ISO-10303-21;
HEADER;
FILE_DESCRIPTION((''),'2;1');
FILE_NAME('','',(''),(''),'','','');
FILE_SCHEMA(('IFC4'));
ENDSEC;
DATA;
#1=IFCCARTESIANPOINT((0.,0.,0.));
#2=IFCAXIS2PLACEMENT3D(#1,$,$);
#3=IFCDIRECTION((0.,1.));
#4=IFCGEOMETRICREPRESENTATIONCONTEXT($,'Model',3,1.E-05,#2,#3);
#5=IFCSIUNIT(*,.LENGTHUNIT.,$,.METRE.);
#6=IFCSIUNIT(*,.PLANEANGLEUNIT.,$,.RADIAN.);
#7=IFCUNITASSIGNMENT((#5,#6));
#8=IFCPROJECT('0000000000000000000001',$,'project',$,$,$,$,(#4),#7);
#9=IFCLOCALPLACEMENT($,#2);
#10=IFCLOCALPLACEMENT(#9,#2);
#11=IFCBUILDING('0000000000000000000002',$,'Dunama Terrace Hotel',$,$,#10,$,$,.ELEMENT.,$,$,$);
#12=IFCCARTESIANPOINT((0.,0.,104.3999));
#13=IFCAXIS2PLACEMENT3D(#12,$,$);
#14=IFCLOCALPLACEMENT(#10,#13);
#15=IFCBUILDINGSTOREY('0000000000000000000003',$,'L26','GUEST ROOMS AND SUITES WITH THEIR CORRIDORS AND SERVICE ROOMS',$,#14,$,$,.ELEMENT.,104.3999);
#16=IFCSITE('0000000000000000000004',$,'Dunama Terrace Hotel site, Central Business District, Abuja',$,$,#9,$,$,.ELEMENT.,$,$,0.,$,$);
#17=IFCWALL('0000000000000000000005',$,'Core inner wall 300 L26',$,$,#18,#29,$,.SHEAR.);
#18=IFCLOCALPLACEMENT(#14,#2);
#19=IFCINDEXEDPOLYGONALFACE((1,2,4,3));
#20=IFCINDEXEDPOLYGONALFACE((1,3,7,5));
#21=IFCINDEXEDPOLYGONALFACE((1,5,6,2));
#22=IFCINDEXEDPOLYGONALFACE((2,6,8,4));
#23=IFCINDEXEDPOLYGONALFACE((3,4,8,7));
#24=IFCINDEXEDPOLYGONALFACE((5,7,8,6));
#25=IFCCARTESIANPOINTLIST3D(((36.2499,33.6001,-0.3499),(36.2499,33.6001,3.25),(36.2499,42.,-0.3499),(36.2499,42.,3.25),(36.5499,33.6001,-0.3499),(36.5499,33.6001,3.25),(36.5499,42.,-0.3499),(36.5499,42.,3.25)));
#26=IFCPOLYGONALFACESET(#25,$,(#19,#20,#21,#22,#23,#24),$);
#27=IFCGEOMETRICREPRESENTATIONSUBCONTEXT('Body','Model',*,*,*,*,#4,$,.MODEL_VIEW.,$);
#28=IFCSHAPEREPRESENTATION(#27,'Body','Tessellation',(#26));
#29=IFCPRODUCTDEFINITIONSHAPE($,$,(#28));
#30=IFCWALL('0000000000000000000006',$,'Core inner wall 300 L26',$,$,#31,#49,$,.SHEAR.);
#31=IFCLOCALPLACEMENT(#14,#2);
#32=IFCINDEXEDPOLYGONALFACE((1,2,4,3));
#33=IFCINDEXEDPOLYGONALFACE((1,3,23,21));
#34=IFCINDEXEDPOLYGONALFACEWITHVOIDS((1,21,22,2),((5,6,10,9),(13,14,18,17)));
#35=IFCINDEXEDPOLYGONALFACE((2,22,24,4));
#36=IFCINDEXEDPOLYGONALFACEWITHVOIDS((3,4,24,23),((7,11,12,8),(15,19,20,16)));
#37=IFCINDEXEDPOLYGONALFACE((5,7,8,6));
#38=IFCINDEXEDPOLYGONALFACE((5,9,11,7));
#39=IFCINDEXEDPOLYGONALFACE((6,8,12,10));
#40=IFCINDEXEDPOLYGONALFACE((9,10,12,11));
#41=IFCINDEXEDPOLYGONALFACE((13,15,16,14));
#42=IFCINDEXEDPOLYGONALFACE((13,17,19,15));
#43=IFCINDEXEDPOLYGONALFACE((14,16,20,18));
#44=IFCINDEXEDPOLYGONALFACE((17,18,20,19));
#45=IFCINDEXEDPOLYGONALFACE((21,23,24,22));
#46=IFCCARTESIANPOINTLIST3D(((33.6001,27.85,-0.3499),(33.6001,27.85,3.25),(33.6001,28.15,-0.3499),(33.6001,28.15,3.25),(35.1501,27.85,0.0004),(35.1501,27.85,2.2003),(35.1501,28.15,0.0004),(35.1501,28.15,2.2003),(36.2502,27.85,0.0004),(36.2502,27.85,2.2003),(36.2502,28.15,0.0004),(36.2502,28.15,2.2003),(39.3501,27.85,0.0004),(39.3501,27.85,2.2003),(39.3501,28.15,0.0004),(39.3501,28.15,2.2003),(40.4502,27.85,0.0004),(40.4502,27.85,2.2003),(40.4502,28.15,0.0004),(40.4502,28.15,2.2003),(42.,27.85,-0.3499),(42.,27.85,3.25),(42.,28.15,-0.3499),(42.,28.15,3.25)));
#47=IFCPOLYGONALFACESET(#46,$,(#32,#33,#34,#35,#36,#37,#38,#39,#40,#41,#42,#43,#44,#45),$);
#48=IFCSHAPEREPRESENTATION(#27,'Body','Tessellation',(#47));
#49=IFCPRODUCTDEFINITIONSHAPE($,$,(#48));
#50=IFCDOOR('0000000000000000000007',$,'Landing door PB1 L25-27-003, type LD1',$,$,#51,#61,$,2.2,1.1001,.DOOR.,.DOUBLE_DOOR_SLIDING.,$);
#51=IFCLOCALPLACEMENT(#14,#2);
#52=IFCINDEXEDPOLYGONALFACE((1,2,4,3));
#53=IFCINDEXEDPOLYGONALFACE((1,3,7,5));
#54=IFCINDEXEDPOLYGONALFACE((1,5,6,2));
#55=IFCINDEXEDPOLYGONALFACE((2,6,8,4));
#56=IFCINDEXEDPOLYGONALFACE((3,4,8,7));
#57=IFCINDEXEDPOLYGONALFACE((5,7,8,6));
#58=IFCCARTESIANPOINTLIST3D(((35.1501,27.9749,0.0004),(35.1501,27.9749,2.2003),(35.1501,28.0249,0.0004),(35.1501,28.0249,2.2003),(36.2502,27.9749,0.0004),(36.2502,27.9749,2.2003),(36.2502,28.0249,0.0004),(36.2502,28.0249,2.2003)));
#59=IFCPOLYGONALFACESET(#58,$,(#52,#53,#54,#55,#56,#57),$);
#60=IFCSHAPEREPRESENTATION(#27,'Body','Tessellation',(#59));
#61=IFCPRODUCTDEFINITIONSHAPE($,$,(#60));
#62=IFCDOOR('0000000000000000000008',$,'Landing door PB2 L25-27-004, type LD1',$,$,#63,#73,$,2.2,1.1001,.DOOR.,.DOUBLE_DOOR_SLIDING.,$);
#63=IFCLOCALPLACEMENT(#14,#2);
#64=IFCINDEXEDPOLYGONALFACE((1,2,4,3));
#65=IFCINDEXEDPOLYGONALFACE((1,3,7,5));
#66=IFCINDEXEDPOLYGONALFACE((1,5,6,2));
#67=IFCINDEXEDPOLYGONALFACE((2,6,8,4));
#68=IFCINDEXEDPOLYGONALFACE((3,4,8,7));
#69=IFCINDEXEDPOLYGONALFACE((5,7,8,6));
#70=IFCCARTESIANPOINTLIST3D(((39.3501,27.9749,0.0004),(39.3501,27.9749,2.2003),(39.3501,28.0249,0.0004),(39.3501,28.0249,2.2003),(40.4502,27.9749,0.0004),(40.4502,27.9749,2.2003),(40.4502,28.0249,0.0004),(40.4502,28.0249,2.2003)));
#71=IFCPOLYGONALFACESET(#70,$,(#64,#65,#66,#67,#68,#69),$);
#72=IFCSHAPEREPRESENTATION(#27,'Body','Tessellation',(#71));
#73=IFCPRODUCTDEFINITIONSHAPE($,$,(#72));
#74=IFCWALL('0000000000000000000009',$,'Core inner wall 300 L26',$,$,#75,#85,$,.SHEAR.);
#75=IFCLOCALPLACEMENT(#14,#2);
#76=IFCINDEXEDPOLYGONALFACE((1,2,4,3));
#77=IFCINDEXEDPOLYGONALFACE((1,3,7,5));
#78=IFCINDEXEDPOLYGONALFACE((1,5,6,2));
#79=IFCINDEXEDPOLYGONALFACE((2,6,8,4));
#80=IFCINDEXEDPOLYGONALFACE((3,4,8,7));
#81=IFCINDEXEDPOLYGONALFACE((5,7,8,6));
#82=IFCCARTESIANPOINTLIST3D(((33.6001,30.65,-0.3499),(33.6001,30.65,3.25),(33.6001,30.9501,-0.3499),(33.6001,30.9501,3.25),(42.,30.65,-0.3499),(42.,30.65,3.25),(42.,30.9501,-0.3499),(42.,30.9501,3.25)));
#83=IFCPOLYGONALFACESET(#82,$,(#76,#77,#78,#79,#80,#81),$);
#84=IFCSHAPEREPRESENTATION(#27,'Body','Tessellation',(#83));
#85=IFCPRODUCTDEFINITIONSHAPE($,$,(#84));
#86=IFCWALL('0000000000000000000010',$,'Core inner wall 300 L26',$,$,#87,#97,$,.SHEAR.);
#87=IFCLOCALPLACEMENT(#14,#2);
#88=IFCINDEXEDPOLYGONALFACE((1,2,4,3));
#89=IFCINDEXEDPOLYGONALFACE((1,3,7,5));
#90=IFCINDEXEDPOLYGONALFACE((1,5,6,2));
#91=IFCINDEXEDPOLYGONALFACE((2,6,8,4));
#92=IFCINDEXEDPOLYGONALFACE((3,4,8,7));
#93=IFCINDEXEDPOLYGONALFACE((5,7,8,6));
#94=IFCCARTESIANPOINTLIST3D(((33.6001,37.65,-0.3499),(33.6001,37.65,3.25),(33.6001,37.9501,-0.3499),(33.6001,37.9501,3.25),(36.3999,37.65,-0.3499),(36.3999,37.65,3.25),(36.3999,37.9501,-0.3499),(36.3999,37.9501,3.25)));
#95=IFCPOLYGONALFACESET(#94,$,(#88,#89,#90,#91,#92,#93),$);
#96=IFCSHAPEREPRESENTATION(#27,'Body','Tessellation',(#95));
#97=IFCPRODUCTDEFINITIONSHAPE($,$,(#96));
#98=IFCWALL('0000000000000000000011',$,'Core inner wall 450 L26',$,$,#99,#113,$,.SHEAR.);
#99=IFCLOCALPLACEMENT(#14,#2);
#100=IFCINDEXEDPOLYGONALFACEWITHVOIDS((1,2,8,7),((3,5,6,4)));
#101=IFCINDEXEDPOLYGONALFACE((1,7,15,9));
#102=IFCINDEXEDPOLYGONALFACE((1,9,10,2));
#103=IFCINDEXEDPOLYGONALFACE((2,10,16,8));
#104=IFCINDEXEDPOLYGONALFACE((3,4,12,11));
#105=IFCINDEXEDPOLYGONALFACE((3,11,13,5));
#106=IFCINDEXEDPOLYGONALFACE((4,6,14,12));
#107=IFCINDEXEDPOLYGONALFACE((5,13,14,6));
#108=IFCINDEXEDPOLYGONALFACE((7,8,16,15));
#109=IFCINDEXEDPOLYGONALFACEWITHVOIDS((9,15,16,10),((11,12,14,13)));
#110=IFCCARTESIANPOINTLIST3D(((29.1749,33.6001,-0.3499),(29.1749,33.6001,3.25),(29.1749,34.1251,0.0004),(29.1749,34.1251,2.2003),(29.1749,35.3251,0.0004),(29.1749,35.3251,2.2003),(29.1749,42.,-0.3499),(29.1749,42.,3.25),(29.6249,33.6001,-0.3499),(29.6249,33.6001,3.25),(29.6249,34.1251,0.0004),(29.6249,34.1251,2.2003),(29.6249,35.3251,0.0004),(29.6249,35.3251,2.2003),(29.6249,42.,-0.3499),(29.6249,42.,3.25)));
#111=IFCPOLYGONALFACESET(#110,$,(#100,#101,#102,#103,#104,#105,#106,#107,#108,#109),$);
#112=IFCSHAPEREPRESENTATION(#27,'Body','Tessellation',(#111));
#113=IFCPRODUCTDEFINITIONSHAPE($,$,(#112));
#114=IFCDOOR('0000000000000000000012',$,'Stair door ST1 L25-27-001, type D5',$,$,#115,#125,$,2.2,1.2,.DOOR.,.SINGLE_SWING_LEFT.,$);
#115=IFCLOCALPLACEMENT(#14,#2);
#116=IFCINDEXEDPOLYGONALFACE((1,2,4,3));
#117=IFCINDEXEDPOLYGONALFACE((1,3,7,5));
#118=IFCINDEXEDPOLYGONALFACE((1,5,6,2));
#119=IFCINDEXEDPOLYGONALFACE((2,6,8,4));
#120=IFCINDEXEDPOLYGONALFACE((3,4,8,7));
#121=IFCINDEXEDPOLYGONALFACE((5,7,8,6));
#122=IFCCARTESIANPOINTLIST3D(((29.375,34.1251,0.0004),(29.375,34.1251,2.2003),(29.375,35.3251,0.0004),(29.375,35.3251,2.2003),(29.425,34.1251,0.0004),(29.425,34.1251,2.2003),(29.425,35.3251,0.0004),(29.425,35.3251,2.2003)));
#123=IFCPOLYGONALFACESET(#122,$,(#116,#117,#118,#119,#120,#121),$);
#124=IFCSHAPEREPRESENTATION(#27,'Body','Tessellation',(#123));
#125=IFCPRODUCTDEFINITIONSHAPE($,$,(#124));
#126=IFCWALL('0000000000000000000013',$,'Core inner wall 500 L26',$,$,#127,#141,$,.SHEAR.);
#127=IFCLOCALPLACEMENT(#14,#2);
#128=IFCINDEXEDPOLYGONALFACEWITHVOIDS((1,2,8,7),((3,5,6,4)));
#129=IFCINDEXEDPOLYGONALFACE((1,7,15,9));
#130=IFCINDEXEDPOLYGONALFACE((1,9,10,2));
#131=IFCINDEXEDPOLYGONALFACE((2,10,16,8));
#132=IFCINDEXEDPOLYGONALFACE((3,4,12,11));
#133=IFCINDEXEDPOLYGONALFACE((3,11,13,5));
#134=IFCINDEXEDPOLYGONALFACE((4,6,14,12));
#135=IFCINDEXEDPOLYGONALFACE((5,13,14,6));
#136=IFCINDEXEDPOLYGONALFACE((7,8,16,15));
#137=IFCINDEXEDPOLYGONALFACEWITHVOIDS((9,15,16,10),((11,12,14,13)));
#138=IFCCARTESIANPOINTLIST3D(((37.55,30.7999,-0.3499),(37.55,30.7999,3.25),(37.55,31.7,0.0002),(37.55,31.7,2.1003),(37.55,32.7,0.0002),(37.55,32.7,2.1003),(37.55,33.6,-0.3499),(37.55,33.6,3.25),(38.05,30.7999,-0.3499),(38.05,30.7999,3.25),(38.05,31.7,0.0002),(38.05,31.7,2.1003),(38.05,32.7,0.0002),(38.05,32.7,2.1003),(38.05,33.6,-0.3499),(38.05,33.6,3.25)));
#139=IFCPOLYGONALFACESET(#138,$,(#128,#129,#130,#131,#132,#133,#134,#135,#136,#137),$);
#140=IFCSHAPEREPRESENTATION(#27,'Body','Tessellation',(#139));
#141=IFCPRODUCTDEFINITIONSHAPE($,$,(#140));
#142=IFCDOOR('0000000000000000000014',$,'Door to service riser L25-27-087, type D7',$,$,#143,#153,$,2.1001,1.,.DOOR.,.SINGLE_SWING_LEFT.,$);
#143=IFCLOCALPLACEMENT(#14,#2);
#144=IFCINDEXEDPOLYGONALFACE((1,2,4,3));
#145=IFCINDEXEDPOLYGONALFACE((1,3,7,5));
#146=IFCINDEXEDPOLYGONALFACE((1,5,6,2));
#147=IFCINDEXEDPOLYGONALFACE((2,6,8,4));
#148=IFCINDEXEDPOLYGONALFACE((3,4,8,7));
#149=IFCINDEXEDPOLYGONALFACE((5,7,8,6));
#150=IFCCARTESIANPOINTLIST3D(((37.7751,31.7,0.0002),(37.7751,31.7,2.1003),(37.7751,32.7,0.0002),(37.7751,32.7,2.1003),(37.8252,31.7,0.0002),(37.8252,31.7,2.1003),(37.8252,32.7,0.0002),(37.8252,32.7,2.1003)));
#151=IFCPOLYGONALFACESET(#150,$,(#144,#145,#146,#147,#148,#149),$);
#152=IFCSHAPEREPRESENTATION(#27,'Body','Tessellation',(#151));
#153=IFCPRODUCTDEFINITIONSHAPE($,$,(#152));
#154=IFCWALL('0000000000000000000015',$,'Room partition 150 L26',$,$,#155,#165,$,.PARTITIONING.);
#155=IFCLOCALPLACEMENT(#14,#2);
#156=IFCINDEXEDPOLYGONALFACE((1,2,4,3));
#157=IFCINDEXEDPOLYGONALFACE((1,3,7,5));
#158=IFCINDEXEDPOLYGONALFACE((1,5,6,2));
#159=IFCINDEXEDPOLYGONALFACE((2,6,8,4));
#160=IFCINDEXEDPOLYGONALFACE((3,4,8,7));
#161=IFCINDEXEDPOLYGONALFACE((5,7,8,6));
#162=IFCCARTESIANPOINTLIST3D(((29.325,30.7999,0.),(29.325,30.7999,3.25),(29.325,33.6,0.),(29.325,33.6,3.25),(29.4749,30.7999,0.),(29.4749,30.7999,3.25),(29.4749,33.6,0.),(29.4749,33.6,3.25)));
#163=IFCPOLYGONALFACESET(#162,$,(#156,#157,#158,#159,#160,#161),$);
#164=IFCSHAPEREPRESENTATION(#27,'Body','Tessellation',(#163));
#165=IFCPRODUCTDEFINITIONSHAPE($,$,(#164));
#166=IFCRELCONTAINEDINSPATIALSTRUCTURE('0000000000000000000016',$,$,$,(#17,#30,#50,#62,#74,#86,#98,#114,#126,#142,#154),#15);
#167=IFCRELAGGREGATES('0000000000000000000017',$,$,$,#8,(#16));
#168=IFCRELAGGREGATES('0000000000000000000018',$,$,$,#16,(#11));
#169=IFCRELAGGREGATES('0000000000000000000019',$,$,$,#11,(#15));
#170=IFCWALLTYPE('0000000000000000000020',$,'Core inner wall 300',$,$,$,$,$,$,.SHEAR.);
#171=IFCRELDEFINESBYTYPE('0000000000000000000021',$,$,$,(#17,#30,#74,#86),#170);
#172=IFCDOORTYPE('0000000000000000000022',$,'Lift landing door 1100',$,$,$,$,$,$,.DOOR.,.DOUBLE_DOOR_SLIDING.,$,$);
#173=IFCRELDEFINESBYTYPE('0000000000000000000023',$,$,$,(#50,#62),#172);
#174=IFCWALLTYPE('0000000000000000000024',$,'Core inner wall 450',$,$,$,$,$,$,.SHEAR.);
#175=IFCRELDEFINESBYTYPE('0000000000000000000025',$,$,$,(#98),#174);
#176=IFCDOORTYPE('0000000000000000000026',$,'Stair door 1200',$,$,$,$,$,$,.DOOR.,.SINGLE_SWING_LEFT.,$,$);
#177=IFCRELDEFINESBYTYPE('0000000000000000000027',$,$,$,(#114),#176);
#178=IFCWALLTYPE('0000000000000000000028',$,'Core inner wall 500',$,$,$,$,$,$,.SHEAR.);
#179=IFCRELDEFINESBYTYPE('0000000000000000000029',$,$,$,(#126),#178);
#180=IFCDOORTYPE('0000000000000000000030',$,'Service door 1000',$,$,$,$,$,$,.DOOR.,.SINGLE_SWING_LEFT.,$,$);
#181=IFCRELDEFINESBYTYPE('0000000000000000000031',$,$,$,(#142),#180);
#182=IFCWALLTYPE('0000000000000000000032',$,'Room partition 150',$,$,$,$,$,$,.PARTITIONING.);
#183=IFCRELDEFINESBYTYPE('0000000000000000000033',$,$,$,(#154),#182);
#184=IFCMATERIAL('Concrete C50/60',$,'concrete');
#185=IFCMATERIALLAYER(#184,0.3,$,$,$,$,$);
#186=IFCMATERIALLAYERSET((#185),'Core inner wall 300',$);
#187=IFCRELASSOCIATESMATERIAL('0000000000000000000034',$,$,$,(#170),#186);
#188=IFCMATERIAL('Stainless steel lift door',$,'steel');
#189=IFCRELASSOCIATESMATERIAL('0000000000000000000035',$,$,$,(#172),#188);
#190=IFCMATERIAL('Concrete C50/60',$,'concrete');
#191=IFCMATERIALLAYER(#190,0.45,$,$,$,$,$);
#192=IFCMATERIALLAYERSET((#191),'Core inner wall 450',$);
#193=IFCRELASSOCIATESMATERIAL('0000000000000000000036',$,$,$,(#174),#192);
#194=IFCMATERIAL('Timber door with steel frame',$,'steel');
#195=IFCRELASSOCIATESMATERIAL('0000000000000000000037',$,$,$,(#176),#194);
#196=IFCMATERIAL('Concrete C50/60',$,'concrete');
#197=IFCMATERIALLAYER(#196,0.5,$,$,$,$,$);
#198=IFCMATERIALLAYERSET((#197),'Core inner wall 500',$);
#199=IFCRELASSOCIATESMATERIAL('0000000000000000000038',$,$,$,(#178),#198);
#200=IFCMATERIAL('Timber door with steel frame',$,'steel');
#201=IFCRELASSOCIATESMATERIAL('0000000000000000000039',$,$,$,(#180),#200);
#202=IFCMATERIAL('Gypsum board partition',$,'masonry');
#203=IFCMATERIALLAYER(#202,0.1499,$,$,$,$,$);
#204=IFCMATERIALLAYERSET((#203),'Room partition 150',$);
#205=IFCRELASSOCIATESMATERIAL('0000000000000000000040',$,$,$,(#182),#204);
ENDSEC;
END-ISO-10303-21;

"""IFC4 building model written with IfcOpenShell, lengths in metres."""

from ifc_helpers import new_model, si_unit, direction, frame, frame_2d, origin, place, context, subcontext, project, spatial, rectangle, extrude, material, layer, layer_set, type_object, element, fill, save


model = new_model("IFC4")

# Units and contexts
model_context = context("Model", 3, precision=1e-05, world=origin(), true_north=direction((0.0, 1.0)))
body_context = subcontext(model_context, "Body", "Model", "MODEL_VIEW")
ifc_project = project(units=[si_unit("LENGTHUNIT", "METRE"), si_unit("PLANEANGLEUNIT", "RADIAN")], contexts=[model_context])

# Site, building, storey
site_placement = place(None, origin())
site = spatial("IfcSite", under=ifc_project, at=site_placement, Name="Dunama Terrace Hotel site, Central Business District, Abuja", CompositionType="ELEMENT", RefElevation=0.0)
building_placement = place(site_placement, origin())
building = spatial("IfcBuilding", under=site, at=building_placement, Name="Dunama Terrace Hotel", CompositionType="ELEMENT")
storey_placement = place(building_placement, frame((0.0, 0.0, 104.3999)))
storey = spatial("IfcBuildingStorey", under=building, at=storey_placement, Name="L26", Description="GUEST ROOMS AND SUITES WITH THEIR CORRIDORS AND SERVICE ROOMS", CompositionType="ELEMENT", Elevation=104.3999)

# Wall
ifc_material_1 = material(Name="Concrete C50/60", Category="concrete")
ifc_layer_1 = layer(ifc_material_1, 0.3)
ifc_layer_set_1 = layer_set([ifc_layer_1], Name="Core inner wall 300")
wall_type_1 = type_object("IfcWallType", Name="Core inner wall 300", PredefinedType="SHEAR", material=ifc_layer_set_1)
wall_1_placement = place(storey_placement, frame((36.3999, 33.6001, -0.3499), z_axis=(0.0, 0.0, 1.0), x_axis=(0.0, 1.0, 0.0)))
element("IfcWall", 1, at=wall_1_placement, inside=storey, type_object=wall_type_1, Name="Core inner wall 300 L26", PredefinedType="SHEAR", context=body_context, shape_type="SweptSolid", body=[
    extrude(rectangle(XDim=8.3999, YDim=0.3, at=frame_2d((4.2, 0.0))), origin(), (0.0, 0.0, 1.0), 3.5999),
])

# Wall, openings, doors
wall_2_placement = place(storey_placement, frame((33.6001, 28.0, -0.3499), z_axis=(0.0, 0.0, 1.0), x_axis=(1.0, 0.0, 0.0)))
wall_2 = element("IfcWall", 2, at=wall_2_placement, inside=storey, type_object=wall_type_1, Name="Core inner wall 300 L26", PredefinedType="SHEAR", context=body_context, shape_type="SweptSolid", body=[
    extrude(rectangle(XDim=8.3999, YDim=0.3, at=frame_2d((4.2, 0.0))), origin(), (0.0, 0.0, 1.0), 3.5999),
])
opening_1_placement = place(wall_2_placement, frame((1.55, 0.0, 0.3501)))
opening_1 = element("IfcOpeningElement", 3, at=opening_1_placement, cuts=wall_2, PredefinedType="OPENING", context=body_context, shape_type="SweptSolid", body=[
    extrude(rectangle(XDim=1.1001, YDim=2.2, at=frame_2d((0.55, 1.1001))), frame((0.0, 0.1599, 0.0), z_axis=(0.0, -1.0, 0.0), x_axis=(1.0, 0.0, 0.0)), (0.0, 0.0, 1.0), 0.3201),
])
opening_2_placement = place(wall_2_placement, frame((5.75, 0.0, 0.3501)))
opening_2 = element("IfcOpeningElement", 4, at=opening_2_placement, cuts=wall_2, PredefinedType="OPENING", context=body_context, shape_type="SweptSolid", body=[
    extrude(rectangle(XDim=1.1001, YDim=2.2, at=frame_2d((0.55, 1.1001))), frame((0.0, 0.1599, 0.0), z_axis=(0.0, -1.0, 0.0), x_axis=(1.0, 0.0, 0.0)), (0.0, 0.0, 1.0), 0.3201),
])
ifc_material_2 = material(Name="Stainless steel lift door", Category="steel")
door_type_1 = type_object("IfcDoorType", Name="Lift landing door 1100", OperationType="DOUBLE_DOOR_SLIDING", PredefinedType="DOOR", material=ifc_material_2)
door_1_placement = place(opening_1_placement, origin())
door_1 = element("IfcDoor", 5, at=door_1_placement, inside=storey, type_object=door_type_1, Name="Landing door PB1 L25-27-003, type LD1", OperationType="DOUBLE_DOOR_SLIDING", OverallHeight=2.2, OverallWidth=1.1001, PredefinedType="DOOR", context=body_context, shape_type="SweptSolid", body=[
    extrude(rectangle(XDim=1.1001, YDim=2.2, at=frame_2d((0.55, 1.1001))), frame((0.0, 0.0249, 0.0), z_axis=(0.0, -1.0, 0.0), x_axis=(1.0, 0.0, 0.0)), (0.0, 0.0, 1.0), 0.05),
])
fill(opening_1, door_1)
door_2_placement = place(opening_2_placement, origin())
door_2 = element("IfcDoor", 6, at=door_2_placement, inside=storey, type_object=door_type_1, Name="Landing door PB2 L25-27-004, type LD1", OperationType="DOUBLE_DOOR_SLIDING", OverallHeight=2.2, OverallWidth=1.1001, PredefinedType="DOOR", context=body_context, shape_type="SweptSolid", body=[
    extrude(rectangle(XDim=1.1001, YDim=2.2, at=frame_2d((0.55, 1.1001))), frame((0.0, 0.0249, 0.0), z_axis=(0.0, -1.0, 0.0), x_axis=(1.0, 0.0, 0.0)), (0.0, 0.0, 1.0), 0.05),
])
fill(opening_2, door_2)

# Walls
wall_3_placement = place(storey_placement, frame((33.6001, 30.8, -0.3499), z_axis=(0.0, 0.0, 1.0), x_axis=(1.0, 0.0, 0.0)))
element("IfcWall", 7, at=wall_3_placement, inside=storey, type_object=wall_type_1, Name="Core inner wall 300 L26", PredefinedType="SHEAR", context=body_context, shape_type="SweptSolid", body=[
    extrude(rectangle(XDim=8.3999, YDim=0.3, at=frame_2d((4.2, 0.0))), origin(), (0.0, 0.0, 1.0), 3.5999),
])
wall_4_placement = place(storey_placement, frame((33.6001, 37.8, -0.3499), z_axis=(0.0, 0.0, 1.0), x_axis=(1.0, 0.0, 0.0)))
element("IfcWall", 8, at=wall_4_placement, inside=storey, type_object=wall_type_1, Name="Core inner wall 300 L26", PredefinedType="SHEAR", context=body_context, shape_type="SweptSolid", body=[
    extrude(rectangle(XDim=2.7998, YDim=0.3, at=frame_2d((1.3999, 0.0))), origin(), (0.0, 0.0, 1.0), 3.5999),
])

# Walls, openings, doors
ifc_material_3 = material(Name="Concrete C50/60", Category="concrete")
ifc_layer_2 = layer(ifc_material_3, 0.45)
ifc_layer_set_2 = layer_set([ifc_layer_2], Name="Core inner wall 450")
wall_type_2 = type_object("IfcWallType", Name="Core inner wall 450", PredefinedType="SHEAR", material=ifc_layer_set_2)
wall_5_placement = place(storey_placement, frame((29.3999, 33.6001, -0.3499), z_axis=(0.0, 0.0, 1.0), x_axis=(0.0, 1.0, 0.0)))
wall_5 = element("IfcWall", 9, at=wall_5_placement, inside=storey, type_object=wall_type_2, Name="Core inner wall 450 L26", PredefinedType="SHEAR", context=body_context, shape_type="SweptSolid", body=[
    extrude(rectangle(XDim=8.3999, YDim=0.45, at=frame_2d((4.2, 0.0))), origin(), (0.0, 0.0, 1.0), 3.5999),
])
opening_3_placement = place(wall_5_placement, frame((0.5249, 0.0, 0.3501)))
opening_3 = element("IfcOpeningElement", 10, at=opening_3_placement, cuts=wall_5, PredefinedType="OPENING", context=body_context, shape_type="SweptSolid", body=[
    extrude(rectangle(XDim=1.2, YDim=2.2, at=frame_2d((0.6001, 1.1001))), frame((0.0, 0.2349, 0.0), z_axis=(0.0, -1.0, 0.0), x_axis=(1.0, 0.0, 0.0)), (0.0, 0.0, 1.0), 0.47),
])
ifc_material_4 = material(Name="Timber door with steel frame", Category="steel")
door_type_2 = type_object("IfcDoorType", Name="Stair door 1200", OperationType="SINGLE_SWING_LEFT", PredefinedType="DOOR", material=ifc_material_4)
door_3_placement = place(opening_3_placement, origin())
door_3 = element("IfcDoor", 11, at=door_3_placement, inside=storey, type_object=door_type_2, Name="Stair door ST1 L25-27-001, type D5", OperationType="SINGLE_SWING_LEFT", OverallHeight=2.2, OverallWidth=1.2, PredefinedType="DOOR", context=body_context, shape_type="SweptSolid", body=[
    extrude(rectangle(XDim=1.2, YDim=2.2, at=frame_2d((0.6001, 1.1001))), frame((0.0, 0.0249, 0.0), z_axis=(0.0, -1.0, 0.0), x_axis=(1.0, 0.0, 0.0)), (0.0, 0.0, 1.0), 0.05),
])
fill(opening_3, door_3)
ifc_material_5 = material(Name="Concrete C50/60", Category="concrete")
ifc_layer_3 = layer(ifc_material_5, 0.5)
ifc_layer_set_3 = layer_set([ifc_layer_3], Name="Core inner wall 500")
wall_type_3 = type_object("IfcWallType", Name="Core inner wall 500", PredefinedType="SHEAR", material=ifc_layer_set_3)
wall_6_placement = place(storey_placement, frame((37.8, 30.8, -0.3499), z_axis=(0.0, 0.0, 1.0), x_axis=(0.0, 1.0, 0.0)))
wall_6 = element("IfcWall", 12, at=wall_6_placement, inside=storey, type_object=wall_type_3, Name="Core inner wall 500 L26", PredefinedType="SHEAR", context=body_context, shape_type="SweptSolid", body=[
    extrude(rectangle(XDim=2.8, YDim=0.5, at=frame_2d((1.3999, 0.0))), origin(), (0.0, 0.0, 1.0), 3.5999),
])
opening_4_placement = place(wall_6_placement, frame((0.8999, 0.0, 0.3501)))
opening_4 = element("IfcOpeningElement", 13, at=opening_4_placement, cuts=wall_6, PredefinedType="OPENING", context=body_context, shape_type="SweptSolid", body=[
    extrude(rectangle(XDim=1.0, YDim=2.1001, at=frame_2d((0.5, 1.05))), frame((0.0, 0.26, 0.0), z_axis=(0.0, -1.0, 0.0), x_axis=(1.0, 0.0, 0.0)), (0.0, 0.0, 1.0), 0.52),
])
ifc_material_6 = material(Name="Timber door with steel frame", Category="steel")
door_type_3 = type_object("IfcDoorType", Name="Service door 1000", OperationType="SINGLE_SWING_LEFT", PredefinedType="DOOR", material=ifc_material_6)
door_4_placement = place(opening_4_placement, frame((1.0, 0.0, 0.0), z_axis=(0.0, 0.0, 1.0), x_axis=(-1.0, 0.0, 0.0)))
door_4 = element("IfcDoor", 14, at=door_4_placement, inside=storey, type_object=door_type_3, Name="Door to service riser L25-27-087, type D7", OperationType="SINGLE_SWING_LEFT", OverallHeight=2.1001, OverallWidth=1.0, PredefinedType="DOOR", context=body_context, shape_type="SweptSolid", body=[
    extrude(rectangle(XDim=1.0, YDim=2.1001, at=frame_2d((0.5, 1.05))), frame((0.0, 0.0251, 0.0), z_axis=(0.0, -1.0, 0.0), x_axis=(1.0, 0.0, 0.0)), (0.0, 0.0, 1.0), 0.05),
])
fill(opening_4, door_4)

# Wall
ifc_material_7 = material(Name="Gypsum board partition", Category="masonry")
ifc_layer_4 = layer(ifc_material_7, 0.1499)
ifc_layer_set_4 = layer_set([ifc_layer_4], Name="Room partition 150")
wall_type_4 = type_object("IfcWallType", Name="Room partition 150", PredefinedType="PARTITIONING", material=ifc_layer_set_4)
wall_7_placement = place(storey_placement, frame((29.3999, 30.8, 0.0), z_axis=(0.0, 0.0, 1.0), x_axis=(0.0, 1.0, 0.0)))
element("IfcWall", 15, at=wall_7_placement, inside=storey, type_object=wall_type_4, Name="Room partition 150 L26", PredefinedType="PARTITIONING", context=body_context, shape_type="SweptSolid", body=[
    extrude(rectangle(XDim=2.8, YDim=0.1499, at=frame_2d((1.3999, 0.0))), origin(), (0.0, 0.0, 1.0), 3.25),
])

save(model, "model.ifc")
